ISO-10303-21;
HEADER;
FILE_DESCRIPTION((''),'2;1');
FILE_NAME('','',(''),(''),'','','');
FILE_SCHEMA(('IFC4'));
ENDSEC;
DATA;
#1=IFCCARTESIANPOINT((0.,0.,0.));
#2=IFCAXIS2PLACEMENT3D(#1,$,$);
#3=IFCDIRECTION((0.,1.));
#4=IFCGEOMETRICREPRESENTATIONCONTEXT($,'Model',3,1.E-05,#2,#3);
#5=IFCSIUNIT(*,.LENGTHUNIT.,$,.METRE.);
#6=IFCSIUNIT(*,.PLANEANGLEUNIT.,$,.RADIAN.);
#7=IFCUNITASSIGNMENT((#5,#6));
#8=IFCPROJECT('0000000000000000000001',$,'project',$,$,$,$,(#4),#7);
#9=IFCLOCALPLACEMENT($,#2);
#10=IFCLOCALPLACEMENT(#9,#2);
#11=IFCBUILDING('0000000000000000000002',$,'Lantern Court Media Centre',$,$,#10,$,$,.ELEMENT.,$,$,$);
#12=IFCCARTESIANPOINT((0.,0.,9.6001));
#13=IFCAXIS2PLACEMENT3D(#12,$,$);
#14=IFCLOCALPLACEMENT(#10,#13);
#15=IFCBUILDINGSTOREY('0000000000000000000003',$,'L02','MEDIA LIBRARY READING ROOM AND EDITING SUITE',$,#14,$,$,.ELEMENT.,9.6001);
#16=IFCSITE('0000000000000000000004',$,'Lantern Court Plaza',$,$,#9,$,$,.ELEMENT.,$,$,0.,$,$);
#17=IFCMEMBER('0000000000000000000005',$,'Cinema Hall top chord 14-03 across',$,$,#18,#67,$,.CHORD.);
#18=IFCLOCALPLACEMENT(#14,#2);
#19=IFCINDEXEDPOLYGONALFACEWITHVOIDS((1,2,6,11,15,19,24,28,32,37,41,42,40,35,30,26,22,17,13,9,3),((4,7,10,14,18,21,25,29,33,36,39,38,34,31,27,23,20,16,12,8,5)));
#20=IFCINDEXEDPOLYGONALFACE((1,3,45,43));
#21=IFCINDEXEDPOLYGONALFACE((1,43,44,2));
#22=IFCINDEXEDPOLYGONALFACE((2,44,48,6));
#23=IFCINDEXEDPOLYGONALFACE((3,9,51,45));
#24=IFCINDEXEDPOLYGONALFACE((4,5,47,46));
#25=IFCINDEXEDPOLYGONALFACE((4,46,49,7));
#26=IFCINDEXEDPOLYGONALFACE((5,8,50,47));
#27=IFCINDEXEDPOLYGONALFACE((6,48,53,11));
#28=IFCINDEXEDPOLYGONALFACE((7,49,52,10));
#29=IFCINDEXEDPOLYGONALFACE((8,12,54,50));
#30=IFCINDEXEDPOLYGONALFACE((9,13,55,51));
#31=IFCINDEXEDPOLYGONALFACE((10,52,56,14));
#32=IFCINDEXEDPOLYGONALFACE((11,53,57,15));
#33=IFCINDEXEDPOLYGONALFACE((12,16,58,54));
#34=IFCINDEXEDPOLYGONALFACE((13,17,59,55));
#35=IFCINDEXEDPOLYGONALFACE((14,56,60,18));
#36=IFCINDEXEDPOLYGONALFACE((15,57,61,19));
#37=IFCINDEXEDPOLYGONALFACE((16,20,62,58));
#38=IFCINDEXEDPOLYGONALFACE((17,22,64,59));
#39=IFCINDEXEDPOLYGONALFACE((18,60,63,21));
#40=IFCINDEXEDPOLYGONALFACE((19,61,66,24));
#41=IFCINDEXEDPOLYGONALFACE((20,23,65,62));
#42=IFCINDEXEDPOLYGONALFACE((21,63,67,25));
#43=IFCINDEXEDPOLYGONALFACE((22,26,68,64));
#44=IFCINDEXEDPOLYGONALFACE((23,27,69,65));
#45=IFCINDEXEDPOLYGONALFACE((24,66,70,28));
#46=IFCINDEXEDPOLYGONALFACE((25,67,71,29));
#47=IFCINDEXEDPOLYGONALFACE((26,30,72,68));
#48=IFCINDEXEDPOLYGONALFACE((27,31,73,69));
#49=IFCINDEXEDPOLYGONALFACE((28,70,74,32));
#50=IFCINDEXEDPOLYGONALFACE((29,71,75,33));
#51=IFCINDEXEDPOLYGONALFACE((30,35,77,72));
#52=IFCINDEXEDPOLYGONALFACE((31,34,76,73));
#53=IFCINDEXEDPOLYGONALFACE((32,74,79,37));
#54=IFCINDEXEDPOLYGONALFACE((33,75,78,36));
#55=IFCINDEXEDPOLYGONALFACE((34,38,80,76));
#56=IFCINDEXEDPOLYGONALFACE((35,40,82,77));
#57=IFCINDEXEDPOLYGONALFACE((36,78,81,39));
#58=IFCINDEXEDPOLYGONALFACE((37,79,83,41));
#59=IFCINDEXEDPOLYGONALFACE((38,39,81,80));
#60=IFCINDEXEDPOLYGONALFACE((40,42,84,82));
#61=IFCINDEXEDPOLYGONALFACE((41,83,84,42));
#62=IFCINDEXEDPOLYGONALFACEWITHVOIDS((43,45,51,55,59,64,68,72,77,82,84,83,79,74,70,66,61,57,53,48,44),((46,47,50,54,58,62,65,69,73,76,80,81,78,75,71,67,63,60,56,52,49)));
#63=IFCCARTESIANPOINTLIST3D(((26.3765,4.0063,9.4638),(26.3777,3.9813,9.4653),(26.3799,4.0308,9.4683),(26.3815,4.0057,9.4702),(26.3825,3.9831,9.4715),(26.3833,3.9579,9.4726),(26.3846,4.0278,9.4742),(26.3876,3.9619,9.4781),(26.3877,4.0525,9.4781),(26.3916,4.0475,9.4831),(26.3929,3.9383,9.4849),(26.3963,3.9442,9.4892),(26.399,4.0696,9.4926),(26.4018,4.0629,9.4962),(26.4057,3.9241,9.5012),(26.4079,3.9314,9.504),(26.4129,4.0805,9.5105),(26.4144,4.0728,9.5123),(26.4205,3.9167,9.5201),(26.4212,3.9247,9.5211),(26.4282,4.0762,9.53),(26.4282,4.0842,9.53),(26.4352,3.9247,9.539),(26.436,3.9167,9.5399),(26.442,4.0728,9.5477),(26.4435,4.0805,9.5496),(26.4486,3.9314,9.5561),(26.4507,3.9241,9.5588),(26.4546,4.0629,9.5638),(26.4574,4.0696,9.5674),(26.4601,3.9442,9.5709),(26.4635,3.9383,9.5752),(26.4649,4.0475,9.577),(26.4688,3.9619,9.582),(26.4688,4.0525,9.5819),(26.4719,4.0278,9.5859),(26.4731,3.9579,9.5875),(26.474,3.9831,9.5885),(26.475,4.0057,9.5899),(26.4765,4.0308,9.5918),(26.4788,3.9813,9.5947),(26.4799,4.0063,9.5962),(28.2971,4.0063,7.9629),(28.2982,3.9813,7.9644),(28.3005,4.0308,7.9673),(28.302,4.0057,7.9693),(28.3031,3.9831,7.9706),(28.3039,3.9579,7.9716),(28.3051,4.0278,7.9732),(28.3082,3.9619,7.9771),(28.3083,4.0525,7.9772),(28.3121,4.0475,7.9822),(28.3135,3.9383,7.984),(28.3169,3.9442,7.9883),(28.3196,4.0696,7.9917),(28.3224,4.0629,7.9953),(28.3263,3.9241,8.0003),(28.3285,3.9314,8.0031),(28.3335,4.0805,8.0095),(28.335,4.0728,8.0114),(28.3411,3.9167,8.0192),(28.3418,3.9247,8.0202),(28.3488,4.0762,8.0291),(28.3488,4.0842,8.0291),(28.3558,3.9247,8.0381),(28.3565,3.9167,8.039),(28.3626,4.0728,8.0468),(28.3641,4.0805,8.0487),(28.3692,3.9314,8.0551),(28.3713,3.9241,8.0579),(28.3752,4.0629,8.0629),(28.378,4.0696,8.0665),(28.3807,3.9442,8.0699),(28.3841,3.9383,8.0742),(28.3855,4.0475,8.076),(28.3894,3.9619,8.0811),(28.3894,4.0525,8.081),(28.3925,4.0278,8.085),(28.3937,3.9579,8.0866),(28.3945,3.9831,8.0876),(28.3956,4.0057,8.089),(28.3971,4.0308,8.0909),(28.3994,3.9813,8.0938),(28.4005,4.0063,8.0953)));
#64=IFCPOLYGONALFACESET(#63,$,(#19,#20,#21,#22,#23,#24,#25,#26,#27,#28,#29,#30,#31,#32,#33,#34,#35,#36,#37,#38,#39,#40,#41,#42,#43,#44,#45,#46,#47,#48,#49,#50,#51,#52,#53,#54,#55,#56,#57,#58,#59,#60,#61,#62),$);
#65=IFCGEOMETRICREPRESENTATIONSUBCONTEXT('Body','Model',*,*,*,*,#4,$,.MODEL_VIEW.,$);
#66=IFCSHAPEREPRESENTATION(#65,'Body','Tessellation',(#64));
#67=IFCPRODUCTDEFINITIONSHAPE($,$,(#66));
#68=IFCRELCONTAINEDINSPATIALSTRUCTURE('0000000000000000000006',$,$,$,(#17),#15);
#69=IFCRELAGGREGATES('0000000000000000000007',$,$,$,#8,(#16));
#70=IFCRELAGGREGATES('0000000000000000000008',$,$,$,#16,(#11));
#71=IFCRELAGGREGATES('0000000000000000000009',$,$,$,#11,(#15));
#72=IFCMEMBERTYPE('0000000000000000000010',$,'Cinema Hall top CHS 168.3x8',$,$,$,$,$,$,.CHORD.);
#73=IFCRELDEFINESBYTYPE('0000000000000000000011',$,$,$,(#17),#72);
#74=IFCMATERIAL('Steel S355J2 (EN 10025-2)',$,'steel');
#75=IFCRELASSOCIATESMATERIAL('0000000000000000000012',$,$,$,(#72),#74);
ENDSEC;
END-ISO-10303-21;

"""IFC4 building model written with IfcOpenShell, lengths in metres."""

from ifc_helpers import new_model, si_unit, direction, frame, origin, origin_2d, place, context, subcontext, project, spatial, hollow_circle, extrude, material, material_profile, profile_set, type_object, element, save


model = new_model("IFC4")

# Units and contexts
model_context = context("Model", 3, precision=1e-05, world=origin(), true_north=direction((0.0, 1.0)))
body_context = subcontext(model_context, "Body", "Model", "MODEL_VIEW")
ifc_project = project(units=[si_unit("LENGTHUNIT", "METRE"), si_unit("PLANEANGLEUNIT", "RADIAN")], contexts=[model_context])

# Site, building, storey
site_placement = place(None, origin())
site = spatial("IfcSite", under=ifc_project, at=site_placement, Name="Lantern Court Plaza", CompositionType="ELEMENT", RefElevation=0.0)
building_placement = place(site_placement, origin())
building = spatial("IfcBuilding", under=site, at=building_placement, Name="Lantern Court Media Centre", CompositionType="ELEMENT")
storey_placement = place(building_placement, frame((0.0, 0.0, 9.6001)))
storey = spatial("IfcBuildingStorey", under=building, at=storey_placement, Name="L02", Description="MEDIA LIBRARY READING ROOM AND EDITING SUITE", CompositionType="ELEMENT", Elevation=9.6001)

# Member
ifc_material = material(Name="Steel S355J2 (EN 10025-2)", Category="steel")
ifc_material_profile_1 = material_profile(ifc_material, hollow_circle(Radius=0.0842, WallThickness=0.0081, at=origin_2d()), Name="Cinema Hall top CHS 168.3x8")
ifc_profile_set_1 = profile_set([ifc_material_profile_1], Name="Steel S355J2 (EN 10025-2)")
member_type_1 = type_object("IfcMemberType", Name="Cinema Hall top CHS 168.3x8", PredefinedType="CHORD", material=ifc_profile_set_1)
for number, where, z_axis, x_axis, name in (
    (1, (26.4282, 4.0, 9.53), (0.787932, 0.0, -0.615763), (0.0, 1.0, 0.0), "Cinema Hall top chord 14-03 across"),
):
    element("IfcMember", number, at=place(storey_placement, frame(where, z_axis=z_axis, x_axis=x_axis)), inside=storey, type_object=member_type_1, Name=name, PredefinedType="CHORD", context=body_context, shape_type="SweptSolid", body=[
        extrude(hollow_circle(Radius=0.0842, WallThickness=0.0081, at=origin_2d()), origin(), (0.0, 0.0, 1.0), 2.4375),
    ])

save(model, "model.ifc")
